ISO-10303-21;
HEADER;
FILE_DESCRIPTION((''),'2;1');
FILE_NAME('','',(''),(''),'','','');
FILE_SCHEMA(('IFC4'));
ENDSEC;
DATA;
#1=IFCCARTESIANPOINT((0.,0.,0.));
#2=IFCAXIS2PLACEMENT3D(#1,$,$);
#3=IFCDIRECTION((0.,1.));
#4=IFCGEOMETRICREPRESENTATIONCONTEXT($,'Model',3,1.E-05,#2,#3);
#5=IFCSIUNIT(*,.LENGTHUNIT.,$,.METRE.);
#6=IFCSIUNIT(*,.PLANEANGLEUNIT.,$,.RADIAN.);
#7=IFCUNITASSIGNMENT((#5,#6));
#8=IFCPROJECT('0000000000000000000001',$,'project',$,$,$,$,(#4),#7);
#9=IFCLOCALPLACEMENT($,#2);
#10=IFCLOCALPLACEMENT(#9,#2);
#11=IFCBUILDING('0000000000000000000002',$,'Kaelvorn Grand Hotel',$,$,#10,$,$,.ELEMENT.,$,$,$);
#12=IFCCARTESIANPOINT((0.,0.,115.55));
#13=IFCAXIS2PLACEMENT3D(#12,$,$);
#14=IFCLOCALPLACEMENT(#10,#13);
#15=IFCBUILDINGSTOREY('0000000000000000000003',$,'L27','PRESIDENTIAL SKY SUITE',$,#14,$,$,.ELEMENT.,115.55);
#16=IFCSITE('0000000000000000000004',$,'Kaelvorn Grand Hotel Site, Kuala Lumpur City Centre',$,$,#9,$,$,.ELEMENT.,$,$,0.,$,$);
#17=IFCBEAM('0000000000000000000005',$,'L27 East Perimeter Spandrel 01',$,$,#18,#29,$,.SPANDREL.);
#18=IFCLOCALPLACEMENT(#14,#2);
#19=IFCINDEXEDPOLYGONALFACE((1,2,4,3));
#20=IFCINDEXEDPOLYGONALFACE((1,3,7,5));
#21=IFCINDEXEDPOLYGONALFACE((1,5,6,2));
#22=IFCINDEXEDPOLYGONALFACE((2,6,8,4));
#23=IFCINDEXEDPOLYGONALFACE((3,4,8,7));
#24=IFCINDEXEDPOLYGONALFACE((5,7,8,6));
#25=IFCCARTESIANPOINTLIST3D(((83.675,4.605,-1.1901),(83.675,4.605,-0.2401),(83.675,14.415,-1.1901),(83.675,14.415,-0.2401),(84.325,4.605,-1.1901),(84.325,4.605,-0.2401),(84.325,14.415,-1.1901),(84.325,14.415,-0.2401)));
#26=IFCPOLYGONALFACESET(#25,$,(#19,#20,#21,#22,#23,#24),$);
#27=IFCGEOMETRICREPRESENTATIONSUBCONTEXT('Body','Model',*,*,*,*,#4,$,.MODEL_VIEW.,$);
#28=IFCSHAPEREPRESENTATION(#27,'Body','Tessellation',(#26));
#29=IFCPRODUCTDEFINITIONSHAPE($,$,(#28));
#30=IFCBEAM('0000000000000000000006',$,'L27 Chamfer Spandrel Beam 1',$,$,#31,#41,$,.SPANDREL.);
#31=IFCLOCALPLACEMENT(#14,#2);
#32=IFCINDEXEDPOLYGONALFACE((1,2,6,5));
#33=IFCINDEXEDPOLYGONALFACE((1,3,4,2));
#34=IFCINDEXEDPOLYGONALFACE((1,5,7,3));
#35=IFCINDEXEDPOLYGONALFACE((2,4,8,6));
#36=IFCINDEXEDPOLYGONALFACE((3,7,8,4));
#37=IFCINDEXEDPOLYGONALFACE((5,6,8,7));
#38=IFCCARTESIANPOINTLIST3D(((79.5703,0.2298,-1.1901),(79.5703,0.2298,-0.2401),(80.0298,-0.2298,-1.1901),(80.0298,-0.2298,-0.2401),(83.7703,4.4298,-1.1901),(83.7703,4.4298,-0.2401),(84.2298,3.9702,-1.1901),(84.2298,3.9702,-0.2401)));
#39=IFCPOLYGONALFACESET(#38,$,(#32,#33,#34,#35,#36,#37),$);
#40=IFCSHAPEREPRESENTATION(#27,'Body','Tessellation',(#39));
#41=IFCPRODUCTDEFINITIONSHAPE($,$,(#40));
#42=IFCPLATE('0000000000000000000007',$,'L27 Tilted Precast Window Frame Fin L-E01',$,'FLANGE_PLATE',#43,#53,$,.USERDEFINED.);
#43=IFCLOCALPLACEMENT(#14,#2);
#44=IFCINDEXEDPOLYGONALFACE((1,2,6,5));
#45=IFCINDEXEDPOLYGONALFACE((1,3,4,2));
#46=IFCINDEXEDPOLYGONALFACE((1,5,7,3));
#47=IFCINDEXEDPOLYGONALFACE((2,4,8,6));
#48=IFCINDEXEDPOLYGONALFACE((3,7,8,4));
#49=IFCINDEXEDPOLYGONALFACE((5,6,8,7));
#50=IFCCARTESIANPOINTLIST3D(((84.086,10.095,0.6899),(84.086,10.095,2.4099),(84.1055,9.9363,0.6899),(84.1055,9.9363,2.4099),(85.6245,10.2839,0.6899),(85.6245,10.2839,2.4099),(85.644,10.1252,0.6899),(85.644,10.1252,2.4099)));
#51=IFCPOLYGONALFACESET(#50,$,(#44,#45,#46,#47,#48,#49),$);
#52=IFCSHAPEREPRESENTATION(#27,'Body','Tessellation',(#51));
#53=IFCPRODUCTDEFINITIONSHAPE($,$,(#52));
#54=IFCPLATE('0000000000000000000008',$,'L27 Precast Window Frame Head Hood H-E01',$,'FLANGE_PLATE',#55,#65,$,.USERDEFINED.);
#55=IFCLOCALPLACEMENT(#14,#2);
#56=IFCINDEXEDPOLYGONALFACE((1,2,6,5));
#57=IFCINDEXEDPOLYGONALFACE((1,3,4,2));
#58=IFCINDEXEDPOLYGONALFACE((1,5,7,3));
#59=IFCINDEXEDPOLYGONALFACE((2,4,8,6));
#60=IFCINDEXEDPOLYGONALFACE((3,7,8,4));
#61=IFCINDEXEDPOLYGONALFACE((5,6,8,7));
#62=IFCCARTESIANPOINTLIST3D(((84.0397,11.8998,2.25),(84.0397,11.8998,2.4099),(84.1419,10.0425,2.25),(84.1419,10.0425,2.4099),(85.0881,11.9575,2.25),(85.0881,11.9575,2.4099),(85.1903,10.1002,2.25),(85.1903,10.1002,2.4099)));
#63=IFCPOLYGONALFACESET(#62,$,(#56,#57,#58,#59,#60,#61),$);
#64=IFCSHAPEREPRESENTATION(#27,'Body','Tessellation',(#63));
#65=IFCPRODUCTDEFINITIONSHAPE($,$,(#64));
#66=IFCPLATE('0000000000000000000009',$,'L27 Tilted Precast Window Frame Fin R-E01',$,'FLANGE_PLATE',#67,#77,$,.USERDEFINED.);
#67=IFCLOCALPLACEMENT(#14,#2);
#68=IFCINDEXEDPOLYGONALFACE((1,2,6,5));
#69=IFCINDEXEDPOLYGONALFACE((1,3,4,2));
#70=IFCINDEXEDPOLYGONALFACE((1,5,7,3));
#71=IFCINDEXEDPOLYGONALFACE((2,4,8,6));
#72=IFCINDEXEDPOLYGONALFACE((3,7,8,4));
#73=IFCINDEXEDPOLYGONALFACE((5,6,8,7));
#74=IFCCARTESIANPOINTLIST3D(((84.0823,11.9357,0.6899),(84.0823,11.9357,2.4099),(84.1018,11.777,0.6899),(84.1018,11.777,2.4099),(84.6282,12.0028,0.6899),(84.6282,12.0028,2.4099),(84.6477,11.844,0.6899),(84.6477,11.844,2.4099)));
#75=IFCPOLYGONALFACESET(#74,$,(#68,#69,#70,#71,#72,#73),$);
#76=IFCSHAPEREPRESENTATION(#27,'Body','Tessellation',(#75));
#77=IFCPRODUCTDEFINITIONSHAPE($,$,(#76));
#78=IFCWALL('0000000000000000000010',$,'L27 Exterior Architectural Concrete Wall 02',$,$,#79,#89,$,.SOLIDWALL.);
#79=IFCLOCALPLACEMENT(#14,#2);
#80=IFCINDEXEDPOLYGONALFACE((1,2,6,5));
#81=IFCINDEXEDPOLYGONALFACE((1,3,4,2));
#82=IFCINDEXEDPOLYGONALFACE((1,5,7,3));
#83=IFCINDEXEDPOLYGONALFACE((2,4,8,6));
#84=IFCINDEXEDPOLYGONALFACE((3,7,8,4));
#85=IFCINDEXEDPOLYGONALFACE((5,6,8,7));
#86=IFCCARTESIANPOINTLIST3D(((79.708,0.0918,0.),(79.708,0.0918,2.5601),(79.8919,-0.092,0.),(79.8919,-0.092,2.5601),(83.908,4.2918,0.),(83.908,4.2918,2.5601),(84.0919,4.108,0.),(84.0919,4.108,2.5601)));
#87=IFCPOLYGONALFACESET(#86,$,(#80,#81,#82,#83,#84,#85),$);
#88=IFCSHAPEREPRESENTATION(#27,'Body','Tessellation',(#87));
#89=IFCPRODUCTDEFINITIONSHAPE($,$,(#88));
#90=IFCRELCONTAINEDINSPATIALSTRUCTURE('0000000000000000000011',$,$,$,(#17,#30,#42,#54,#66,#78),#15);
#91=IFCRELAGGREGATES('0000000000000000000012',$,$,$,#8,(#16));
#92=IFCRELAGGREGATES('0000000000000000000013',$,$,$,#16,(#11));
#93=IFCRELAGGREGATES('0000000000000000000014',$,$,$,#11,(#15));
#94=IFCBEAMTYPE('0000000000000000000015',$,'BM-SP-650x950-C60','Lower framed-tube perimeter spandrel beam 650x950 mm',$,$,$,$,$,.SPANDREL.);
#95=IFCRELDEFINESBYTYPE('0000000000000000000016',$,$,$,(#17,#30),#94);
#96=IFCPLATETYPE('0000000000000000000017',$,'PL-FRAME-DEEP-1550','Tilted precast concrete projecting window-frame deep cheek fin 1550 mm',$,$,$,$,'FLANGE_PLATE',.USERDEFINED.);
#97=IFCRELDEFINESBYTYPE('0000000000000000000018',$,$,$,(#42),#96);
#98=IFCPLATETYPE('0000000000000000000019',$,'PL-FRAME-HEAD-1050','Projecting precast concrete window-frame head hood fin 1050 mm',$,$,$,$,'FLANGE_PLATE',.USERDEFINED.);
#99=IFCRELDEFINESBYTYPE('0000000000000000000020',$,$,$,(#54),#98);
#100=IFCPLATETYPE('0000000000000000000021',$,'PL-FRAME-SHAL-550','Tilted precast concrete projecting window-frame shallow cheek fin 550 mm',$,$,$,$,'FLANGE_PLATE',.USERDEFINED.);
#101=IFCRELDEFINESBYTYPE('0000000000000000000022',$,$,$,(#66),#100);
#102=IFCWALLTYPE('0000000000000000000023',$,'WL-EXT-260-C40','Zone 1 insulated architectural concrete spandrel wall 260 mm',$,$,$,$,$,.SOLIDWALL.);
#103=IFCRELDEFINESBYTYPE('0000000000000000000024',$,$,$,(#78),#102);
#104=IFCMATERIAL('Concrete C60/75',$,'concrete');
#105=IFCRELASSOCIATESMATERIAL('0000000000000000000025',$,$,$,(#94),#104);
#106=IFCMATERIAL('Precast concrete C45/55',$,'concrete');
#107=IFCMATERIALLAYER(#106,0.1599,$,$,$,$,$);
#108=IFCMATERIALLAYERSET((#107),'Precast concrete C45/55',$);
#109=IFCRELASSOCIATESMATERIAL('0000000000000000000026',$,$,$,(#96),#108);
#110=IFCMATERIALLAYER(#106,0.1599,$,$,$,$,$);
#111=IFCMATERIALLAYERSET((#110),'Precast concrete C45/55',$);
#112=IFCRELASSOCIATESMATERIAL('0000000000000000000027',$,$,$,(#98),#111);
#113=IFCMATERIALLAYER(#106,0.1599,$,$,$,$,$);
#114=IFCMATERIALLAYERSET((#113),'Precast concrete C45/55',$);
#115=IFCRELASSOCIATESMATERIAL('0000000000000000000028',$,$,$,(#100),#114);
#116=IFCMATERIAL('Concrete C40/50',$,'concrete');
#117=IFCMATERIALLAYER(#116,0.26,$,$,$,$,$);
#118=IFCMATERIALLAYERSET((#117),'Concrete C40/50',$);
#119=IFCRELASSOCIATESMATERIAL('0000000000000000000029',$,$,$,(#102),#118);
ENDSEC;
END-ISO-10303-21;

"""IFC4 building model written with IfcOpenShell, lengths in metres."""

from ifc_helpers import new_model, si_unit, direction, frame, frame_2d, origin, origin_2d, place, context, subcontext, project, spatial, rectangle, extrude, material, layer, layer_set, material_profile, profile_set, type_object, element, save


model = new_model("IFC4")

# Units and contexts
model_context = context("Model", 3, precision=1e-05, world=origin(), true_north=direction((0.0, 1.0)))
body_context = subcontext(model_context, "Body", "Model", "MODEL_VIEW")
ifc_project = project(units=[si_unit("LENGTHUNIT", "METRE"), si_unit("PLANEANGLEUNIT", "RADIAN")], contexts=[model_context])

# Site, building, storey
site_placement = place(None, origin())
site = spatial("IfcSite", under=ifc_project, at=site_placement, Name="Kaelvorn Grand Hotel Site, Kuala Lumpur City Centre", CompositionType="ELEMENT", RefElevation=0.0)
building_placement = place(site_placement, origin())
building = spatial("IfcBuilding", under=site, at=building_placement, Name="Kaelvorn Grand Hotel", CompositionType="ELEMENT")
storey_placement = place(building_placement, frame((0.0, 0.0, 115.55)))
storey = spatial("IfcBuildingStorey", under=building, at=storey_placement, Name="L27", Description="PRESIDENTIAL SKY SUITE", CompositionType="ELEMENT", Elevation=115.55)

# Shared definitions
ifc_material_1 = material(Name="Concrete C60/75", Category="concrete")

# Beams
ifc_material_2 = material(Name="Concrete C40/50", Category="concrete")
ifc_material_profile_1 = material_profile(ifc_material_1, rectangle(XDim=0.6499, YDim=0.95, at=origin_2d()), Name="RC SPANDREL 650x950")
ifc_profile_set_1 = profile_set([ifc_material_profile_1], Name="Concrete C60/75")
beam_type_1 = type_object("IfcBeamType", Name="BM-SP-650x950-C60", Description="Lower framed-tube perimeter spandrel beam 650x950 mm", PredefinedType="SPANDREL", material=ifc_profile_set_1)
beam_1_placement = place(storey_placement, frame((84.0, 4.605, -0.7151), z_axis=(0.0, 1.0, 0.0), x_axis=(-1.0, 0.0, 0.0)))
element("IfcBeam", 1, at=beam_1_placement, inside=storey, type_object=beam_type_1, Name="L27 East Perimeter Spandrel 01", PredefinedType="SPANDREL", context=body_context, shape_type="SweptSolid", body=[
    extrude(rectangle(XDim=0.6499, YDim=0.95, at=origin_2d()), origin(), (0.0, 0.0, 1.0), 9.8101),
])
beam_2_placement = place(storey_placement, frame((79.8, 0.0, -0.7151), z_axis=(0.707107, 0.707107, 0.0), x_axis=(-0.707107, 0.707107, 0.0)))
element("IfcBeam", 2, at=beam_2_placement, inside=storey, type_object=beam_type_1, Name="L27 Chamfer Spandrel Beam 1", PredefinedType="SPANDREL", context=body_context, shape_type="SweptSolid", body=[
    extrude(rectangle(XDim=0.6499, YDim=0.95, at=origin_2d()), origin(), (0.0, 0.0, 1.0), 5.9397),
])

# Plates
ifc_material_3 = material(Name="Precast concrete C45/55", Category="concrete")
ifc_layer_1 = layer(ifc_material_3, 0.1599)
ifc_layer_set_1 = layer_set([ifc_layer_1], Name="Precast concrete C45/55")
plate_type_1 = type_object("IfcPlateType", Name="PL-FRAME-DEEP-1550", Description="Tilted precast concrete projecting window-frame deep cheek fin 1550 mm", ElementType="FLANGE_PLATE", PredefinedType="USERDEFINED", material=ifc_layer_set_1)
plate_1_placement = place(storey_placement, frame((84.865, 10.1101, 0.6899), z_axis=(0.0, 0.0, 1.0), x_axis=(-0.121869, 0.992546, 0.0)))
element("IfcPlate", 3, at=plate_1_placement, inside=storey, type_object=plate_type_1, Name="L27 Tilted Precast Window Frame Fin L-E01", ObjectType="FLANGE_PLATE", PredefinedType="USERDEFINED", context=body_context, shape_type="SweptSolid", body=[
    extrude(rectangle(XDim=0.1599, YDim=1.55, at=origin_2d()), origin(), (0.0, 0.0, 1.0), 1.72),
])
ifc_layer_2 = layer(ifc_material_3, 0.1599)
ifc_layer_set_2 = layer_set([ifc_layer_2], Name="Precast concrete C45/55")
plate_type_2 = type_object("IfcPlateType", Name="PL-FRAME-HEAD-1050", Description="Projecting precast concrete window-frame head hood fin 1050 mm", ElementType="FLANGE_PLATE", PredefinedType="USERDEFINED", material=ifc_layer_set_2)
plate_2_placement = place(storey_placement, frame((84.615, 11.0, 2.25), z_axis=(0.0, 0.0, 1.0), x_axis=(-0.05495, 0.998489, 0.0)))
element("IfcPlate", 4, at=plate_2_placement, inside=storey, type_object=plate_type_2, Name="L27 Precast Window Frame Head Hood H-E01", ObjectType="FLANGE_PLATE", PredefinedType="USERDEFINED", context=body_context, shape_type="SweptSolid", body=[
    extrude(rectangle(XDim=1.8601, YDim=1.05, at=origin_2d()), origin(), (0.0, 0.0, 1.0), 0.1599),
])
ifc_layer_3 = layer(ifc_material_3, 0.1599)
ifc_layer_set_3 = layer_set([ifc_layer_3], Name="Precast concrete C45/55")
plate_type_3 = type_object("IfcPlateType", Name="PL-FRAME-SHAL-550", Description="Tilted precast concrete projecting window-frame shallow cheek fin 550 mm", ElementType="FLANGE_PLATE", PredefinedType="USERDEFINED", material=ifc_layer_set_3)
plate_3_placement = place(storey_placement, frame((84.365, 11.8899, 0.6899), z_axis=(0.0, 0.0, 1.0), x_axis=(-0.121869, 0.992546, 0.0)))
element("IfcPlate", 5, at=plate_3_placement, inside=storey, type_object=plate_type_3, Name="L27 Tilted Precast Window Frame Fin R-E01", ObjectType="FLANGE_PLATE", PredefinedType="USERDEFINED", context=body_context, shape_type="SweptSolid", body=[
    extrude(rectangle(XDim=0.1599, YDim=0.55, at=origin_2d()), origin(), (0.0, 0.0, 1.0), 1.72),
])

# Wall
ifc_layer_4 = layer(ifc_material_2, 0.26)
ifc_layer_set_4 = layer_set([ifc_layer_4], Name="Concrete C40/50")
wall_type_1 = type_object("IfcWallType", Name="WL-EXT-260-C40", Description="Zone 1 insulated architectural concrete spandrel wall 260 mm", PredefinedType="SOLIDWALL", material=ifc_layer_set_4)
wall_1_placement = place(storey_placement, frame((79.8, 0.0, 0.0), z_axis=(0.0, 0.0, 1.0), x_axis=(0.707107, 0.707107, 0.0)))
element("IfcWall", 6, at=wall_1_placement, inside=storey, type_object=wall_type_1, Name="L27 Exterior Architectural Concrete Wall 02", PredefinedType="SOLIDWALL", context=body_context, shape_type="SweptSolid", body=[
    extrude(rectangle(XDim=5.9397, YDim=0.26, at=frame_2d((2.9697, 0.0))), origin(), (0.0, 0.0, 1.0), 2.5601),
])

save(model, "model.ifc")
